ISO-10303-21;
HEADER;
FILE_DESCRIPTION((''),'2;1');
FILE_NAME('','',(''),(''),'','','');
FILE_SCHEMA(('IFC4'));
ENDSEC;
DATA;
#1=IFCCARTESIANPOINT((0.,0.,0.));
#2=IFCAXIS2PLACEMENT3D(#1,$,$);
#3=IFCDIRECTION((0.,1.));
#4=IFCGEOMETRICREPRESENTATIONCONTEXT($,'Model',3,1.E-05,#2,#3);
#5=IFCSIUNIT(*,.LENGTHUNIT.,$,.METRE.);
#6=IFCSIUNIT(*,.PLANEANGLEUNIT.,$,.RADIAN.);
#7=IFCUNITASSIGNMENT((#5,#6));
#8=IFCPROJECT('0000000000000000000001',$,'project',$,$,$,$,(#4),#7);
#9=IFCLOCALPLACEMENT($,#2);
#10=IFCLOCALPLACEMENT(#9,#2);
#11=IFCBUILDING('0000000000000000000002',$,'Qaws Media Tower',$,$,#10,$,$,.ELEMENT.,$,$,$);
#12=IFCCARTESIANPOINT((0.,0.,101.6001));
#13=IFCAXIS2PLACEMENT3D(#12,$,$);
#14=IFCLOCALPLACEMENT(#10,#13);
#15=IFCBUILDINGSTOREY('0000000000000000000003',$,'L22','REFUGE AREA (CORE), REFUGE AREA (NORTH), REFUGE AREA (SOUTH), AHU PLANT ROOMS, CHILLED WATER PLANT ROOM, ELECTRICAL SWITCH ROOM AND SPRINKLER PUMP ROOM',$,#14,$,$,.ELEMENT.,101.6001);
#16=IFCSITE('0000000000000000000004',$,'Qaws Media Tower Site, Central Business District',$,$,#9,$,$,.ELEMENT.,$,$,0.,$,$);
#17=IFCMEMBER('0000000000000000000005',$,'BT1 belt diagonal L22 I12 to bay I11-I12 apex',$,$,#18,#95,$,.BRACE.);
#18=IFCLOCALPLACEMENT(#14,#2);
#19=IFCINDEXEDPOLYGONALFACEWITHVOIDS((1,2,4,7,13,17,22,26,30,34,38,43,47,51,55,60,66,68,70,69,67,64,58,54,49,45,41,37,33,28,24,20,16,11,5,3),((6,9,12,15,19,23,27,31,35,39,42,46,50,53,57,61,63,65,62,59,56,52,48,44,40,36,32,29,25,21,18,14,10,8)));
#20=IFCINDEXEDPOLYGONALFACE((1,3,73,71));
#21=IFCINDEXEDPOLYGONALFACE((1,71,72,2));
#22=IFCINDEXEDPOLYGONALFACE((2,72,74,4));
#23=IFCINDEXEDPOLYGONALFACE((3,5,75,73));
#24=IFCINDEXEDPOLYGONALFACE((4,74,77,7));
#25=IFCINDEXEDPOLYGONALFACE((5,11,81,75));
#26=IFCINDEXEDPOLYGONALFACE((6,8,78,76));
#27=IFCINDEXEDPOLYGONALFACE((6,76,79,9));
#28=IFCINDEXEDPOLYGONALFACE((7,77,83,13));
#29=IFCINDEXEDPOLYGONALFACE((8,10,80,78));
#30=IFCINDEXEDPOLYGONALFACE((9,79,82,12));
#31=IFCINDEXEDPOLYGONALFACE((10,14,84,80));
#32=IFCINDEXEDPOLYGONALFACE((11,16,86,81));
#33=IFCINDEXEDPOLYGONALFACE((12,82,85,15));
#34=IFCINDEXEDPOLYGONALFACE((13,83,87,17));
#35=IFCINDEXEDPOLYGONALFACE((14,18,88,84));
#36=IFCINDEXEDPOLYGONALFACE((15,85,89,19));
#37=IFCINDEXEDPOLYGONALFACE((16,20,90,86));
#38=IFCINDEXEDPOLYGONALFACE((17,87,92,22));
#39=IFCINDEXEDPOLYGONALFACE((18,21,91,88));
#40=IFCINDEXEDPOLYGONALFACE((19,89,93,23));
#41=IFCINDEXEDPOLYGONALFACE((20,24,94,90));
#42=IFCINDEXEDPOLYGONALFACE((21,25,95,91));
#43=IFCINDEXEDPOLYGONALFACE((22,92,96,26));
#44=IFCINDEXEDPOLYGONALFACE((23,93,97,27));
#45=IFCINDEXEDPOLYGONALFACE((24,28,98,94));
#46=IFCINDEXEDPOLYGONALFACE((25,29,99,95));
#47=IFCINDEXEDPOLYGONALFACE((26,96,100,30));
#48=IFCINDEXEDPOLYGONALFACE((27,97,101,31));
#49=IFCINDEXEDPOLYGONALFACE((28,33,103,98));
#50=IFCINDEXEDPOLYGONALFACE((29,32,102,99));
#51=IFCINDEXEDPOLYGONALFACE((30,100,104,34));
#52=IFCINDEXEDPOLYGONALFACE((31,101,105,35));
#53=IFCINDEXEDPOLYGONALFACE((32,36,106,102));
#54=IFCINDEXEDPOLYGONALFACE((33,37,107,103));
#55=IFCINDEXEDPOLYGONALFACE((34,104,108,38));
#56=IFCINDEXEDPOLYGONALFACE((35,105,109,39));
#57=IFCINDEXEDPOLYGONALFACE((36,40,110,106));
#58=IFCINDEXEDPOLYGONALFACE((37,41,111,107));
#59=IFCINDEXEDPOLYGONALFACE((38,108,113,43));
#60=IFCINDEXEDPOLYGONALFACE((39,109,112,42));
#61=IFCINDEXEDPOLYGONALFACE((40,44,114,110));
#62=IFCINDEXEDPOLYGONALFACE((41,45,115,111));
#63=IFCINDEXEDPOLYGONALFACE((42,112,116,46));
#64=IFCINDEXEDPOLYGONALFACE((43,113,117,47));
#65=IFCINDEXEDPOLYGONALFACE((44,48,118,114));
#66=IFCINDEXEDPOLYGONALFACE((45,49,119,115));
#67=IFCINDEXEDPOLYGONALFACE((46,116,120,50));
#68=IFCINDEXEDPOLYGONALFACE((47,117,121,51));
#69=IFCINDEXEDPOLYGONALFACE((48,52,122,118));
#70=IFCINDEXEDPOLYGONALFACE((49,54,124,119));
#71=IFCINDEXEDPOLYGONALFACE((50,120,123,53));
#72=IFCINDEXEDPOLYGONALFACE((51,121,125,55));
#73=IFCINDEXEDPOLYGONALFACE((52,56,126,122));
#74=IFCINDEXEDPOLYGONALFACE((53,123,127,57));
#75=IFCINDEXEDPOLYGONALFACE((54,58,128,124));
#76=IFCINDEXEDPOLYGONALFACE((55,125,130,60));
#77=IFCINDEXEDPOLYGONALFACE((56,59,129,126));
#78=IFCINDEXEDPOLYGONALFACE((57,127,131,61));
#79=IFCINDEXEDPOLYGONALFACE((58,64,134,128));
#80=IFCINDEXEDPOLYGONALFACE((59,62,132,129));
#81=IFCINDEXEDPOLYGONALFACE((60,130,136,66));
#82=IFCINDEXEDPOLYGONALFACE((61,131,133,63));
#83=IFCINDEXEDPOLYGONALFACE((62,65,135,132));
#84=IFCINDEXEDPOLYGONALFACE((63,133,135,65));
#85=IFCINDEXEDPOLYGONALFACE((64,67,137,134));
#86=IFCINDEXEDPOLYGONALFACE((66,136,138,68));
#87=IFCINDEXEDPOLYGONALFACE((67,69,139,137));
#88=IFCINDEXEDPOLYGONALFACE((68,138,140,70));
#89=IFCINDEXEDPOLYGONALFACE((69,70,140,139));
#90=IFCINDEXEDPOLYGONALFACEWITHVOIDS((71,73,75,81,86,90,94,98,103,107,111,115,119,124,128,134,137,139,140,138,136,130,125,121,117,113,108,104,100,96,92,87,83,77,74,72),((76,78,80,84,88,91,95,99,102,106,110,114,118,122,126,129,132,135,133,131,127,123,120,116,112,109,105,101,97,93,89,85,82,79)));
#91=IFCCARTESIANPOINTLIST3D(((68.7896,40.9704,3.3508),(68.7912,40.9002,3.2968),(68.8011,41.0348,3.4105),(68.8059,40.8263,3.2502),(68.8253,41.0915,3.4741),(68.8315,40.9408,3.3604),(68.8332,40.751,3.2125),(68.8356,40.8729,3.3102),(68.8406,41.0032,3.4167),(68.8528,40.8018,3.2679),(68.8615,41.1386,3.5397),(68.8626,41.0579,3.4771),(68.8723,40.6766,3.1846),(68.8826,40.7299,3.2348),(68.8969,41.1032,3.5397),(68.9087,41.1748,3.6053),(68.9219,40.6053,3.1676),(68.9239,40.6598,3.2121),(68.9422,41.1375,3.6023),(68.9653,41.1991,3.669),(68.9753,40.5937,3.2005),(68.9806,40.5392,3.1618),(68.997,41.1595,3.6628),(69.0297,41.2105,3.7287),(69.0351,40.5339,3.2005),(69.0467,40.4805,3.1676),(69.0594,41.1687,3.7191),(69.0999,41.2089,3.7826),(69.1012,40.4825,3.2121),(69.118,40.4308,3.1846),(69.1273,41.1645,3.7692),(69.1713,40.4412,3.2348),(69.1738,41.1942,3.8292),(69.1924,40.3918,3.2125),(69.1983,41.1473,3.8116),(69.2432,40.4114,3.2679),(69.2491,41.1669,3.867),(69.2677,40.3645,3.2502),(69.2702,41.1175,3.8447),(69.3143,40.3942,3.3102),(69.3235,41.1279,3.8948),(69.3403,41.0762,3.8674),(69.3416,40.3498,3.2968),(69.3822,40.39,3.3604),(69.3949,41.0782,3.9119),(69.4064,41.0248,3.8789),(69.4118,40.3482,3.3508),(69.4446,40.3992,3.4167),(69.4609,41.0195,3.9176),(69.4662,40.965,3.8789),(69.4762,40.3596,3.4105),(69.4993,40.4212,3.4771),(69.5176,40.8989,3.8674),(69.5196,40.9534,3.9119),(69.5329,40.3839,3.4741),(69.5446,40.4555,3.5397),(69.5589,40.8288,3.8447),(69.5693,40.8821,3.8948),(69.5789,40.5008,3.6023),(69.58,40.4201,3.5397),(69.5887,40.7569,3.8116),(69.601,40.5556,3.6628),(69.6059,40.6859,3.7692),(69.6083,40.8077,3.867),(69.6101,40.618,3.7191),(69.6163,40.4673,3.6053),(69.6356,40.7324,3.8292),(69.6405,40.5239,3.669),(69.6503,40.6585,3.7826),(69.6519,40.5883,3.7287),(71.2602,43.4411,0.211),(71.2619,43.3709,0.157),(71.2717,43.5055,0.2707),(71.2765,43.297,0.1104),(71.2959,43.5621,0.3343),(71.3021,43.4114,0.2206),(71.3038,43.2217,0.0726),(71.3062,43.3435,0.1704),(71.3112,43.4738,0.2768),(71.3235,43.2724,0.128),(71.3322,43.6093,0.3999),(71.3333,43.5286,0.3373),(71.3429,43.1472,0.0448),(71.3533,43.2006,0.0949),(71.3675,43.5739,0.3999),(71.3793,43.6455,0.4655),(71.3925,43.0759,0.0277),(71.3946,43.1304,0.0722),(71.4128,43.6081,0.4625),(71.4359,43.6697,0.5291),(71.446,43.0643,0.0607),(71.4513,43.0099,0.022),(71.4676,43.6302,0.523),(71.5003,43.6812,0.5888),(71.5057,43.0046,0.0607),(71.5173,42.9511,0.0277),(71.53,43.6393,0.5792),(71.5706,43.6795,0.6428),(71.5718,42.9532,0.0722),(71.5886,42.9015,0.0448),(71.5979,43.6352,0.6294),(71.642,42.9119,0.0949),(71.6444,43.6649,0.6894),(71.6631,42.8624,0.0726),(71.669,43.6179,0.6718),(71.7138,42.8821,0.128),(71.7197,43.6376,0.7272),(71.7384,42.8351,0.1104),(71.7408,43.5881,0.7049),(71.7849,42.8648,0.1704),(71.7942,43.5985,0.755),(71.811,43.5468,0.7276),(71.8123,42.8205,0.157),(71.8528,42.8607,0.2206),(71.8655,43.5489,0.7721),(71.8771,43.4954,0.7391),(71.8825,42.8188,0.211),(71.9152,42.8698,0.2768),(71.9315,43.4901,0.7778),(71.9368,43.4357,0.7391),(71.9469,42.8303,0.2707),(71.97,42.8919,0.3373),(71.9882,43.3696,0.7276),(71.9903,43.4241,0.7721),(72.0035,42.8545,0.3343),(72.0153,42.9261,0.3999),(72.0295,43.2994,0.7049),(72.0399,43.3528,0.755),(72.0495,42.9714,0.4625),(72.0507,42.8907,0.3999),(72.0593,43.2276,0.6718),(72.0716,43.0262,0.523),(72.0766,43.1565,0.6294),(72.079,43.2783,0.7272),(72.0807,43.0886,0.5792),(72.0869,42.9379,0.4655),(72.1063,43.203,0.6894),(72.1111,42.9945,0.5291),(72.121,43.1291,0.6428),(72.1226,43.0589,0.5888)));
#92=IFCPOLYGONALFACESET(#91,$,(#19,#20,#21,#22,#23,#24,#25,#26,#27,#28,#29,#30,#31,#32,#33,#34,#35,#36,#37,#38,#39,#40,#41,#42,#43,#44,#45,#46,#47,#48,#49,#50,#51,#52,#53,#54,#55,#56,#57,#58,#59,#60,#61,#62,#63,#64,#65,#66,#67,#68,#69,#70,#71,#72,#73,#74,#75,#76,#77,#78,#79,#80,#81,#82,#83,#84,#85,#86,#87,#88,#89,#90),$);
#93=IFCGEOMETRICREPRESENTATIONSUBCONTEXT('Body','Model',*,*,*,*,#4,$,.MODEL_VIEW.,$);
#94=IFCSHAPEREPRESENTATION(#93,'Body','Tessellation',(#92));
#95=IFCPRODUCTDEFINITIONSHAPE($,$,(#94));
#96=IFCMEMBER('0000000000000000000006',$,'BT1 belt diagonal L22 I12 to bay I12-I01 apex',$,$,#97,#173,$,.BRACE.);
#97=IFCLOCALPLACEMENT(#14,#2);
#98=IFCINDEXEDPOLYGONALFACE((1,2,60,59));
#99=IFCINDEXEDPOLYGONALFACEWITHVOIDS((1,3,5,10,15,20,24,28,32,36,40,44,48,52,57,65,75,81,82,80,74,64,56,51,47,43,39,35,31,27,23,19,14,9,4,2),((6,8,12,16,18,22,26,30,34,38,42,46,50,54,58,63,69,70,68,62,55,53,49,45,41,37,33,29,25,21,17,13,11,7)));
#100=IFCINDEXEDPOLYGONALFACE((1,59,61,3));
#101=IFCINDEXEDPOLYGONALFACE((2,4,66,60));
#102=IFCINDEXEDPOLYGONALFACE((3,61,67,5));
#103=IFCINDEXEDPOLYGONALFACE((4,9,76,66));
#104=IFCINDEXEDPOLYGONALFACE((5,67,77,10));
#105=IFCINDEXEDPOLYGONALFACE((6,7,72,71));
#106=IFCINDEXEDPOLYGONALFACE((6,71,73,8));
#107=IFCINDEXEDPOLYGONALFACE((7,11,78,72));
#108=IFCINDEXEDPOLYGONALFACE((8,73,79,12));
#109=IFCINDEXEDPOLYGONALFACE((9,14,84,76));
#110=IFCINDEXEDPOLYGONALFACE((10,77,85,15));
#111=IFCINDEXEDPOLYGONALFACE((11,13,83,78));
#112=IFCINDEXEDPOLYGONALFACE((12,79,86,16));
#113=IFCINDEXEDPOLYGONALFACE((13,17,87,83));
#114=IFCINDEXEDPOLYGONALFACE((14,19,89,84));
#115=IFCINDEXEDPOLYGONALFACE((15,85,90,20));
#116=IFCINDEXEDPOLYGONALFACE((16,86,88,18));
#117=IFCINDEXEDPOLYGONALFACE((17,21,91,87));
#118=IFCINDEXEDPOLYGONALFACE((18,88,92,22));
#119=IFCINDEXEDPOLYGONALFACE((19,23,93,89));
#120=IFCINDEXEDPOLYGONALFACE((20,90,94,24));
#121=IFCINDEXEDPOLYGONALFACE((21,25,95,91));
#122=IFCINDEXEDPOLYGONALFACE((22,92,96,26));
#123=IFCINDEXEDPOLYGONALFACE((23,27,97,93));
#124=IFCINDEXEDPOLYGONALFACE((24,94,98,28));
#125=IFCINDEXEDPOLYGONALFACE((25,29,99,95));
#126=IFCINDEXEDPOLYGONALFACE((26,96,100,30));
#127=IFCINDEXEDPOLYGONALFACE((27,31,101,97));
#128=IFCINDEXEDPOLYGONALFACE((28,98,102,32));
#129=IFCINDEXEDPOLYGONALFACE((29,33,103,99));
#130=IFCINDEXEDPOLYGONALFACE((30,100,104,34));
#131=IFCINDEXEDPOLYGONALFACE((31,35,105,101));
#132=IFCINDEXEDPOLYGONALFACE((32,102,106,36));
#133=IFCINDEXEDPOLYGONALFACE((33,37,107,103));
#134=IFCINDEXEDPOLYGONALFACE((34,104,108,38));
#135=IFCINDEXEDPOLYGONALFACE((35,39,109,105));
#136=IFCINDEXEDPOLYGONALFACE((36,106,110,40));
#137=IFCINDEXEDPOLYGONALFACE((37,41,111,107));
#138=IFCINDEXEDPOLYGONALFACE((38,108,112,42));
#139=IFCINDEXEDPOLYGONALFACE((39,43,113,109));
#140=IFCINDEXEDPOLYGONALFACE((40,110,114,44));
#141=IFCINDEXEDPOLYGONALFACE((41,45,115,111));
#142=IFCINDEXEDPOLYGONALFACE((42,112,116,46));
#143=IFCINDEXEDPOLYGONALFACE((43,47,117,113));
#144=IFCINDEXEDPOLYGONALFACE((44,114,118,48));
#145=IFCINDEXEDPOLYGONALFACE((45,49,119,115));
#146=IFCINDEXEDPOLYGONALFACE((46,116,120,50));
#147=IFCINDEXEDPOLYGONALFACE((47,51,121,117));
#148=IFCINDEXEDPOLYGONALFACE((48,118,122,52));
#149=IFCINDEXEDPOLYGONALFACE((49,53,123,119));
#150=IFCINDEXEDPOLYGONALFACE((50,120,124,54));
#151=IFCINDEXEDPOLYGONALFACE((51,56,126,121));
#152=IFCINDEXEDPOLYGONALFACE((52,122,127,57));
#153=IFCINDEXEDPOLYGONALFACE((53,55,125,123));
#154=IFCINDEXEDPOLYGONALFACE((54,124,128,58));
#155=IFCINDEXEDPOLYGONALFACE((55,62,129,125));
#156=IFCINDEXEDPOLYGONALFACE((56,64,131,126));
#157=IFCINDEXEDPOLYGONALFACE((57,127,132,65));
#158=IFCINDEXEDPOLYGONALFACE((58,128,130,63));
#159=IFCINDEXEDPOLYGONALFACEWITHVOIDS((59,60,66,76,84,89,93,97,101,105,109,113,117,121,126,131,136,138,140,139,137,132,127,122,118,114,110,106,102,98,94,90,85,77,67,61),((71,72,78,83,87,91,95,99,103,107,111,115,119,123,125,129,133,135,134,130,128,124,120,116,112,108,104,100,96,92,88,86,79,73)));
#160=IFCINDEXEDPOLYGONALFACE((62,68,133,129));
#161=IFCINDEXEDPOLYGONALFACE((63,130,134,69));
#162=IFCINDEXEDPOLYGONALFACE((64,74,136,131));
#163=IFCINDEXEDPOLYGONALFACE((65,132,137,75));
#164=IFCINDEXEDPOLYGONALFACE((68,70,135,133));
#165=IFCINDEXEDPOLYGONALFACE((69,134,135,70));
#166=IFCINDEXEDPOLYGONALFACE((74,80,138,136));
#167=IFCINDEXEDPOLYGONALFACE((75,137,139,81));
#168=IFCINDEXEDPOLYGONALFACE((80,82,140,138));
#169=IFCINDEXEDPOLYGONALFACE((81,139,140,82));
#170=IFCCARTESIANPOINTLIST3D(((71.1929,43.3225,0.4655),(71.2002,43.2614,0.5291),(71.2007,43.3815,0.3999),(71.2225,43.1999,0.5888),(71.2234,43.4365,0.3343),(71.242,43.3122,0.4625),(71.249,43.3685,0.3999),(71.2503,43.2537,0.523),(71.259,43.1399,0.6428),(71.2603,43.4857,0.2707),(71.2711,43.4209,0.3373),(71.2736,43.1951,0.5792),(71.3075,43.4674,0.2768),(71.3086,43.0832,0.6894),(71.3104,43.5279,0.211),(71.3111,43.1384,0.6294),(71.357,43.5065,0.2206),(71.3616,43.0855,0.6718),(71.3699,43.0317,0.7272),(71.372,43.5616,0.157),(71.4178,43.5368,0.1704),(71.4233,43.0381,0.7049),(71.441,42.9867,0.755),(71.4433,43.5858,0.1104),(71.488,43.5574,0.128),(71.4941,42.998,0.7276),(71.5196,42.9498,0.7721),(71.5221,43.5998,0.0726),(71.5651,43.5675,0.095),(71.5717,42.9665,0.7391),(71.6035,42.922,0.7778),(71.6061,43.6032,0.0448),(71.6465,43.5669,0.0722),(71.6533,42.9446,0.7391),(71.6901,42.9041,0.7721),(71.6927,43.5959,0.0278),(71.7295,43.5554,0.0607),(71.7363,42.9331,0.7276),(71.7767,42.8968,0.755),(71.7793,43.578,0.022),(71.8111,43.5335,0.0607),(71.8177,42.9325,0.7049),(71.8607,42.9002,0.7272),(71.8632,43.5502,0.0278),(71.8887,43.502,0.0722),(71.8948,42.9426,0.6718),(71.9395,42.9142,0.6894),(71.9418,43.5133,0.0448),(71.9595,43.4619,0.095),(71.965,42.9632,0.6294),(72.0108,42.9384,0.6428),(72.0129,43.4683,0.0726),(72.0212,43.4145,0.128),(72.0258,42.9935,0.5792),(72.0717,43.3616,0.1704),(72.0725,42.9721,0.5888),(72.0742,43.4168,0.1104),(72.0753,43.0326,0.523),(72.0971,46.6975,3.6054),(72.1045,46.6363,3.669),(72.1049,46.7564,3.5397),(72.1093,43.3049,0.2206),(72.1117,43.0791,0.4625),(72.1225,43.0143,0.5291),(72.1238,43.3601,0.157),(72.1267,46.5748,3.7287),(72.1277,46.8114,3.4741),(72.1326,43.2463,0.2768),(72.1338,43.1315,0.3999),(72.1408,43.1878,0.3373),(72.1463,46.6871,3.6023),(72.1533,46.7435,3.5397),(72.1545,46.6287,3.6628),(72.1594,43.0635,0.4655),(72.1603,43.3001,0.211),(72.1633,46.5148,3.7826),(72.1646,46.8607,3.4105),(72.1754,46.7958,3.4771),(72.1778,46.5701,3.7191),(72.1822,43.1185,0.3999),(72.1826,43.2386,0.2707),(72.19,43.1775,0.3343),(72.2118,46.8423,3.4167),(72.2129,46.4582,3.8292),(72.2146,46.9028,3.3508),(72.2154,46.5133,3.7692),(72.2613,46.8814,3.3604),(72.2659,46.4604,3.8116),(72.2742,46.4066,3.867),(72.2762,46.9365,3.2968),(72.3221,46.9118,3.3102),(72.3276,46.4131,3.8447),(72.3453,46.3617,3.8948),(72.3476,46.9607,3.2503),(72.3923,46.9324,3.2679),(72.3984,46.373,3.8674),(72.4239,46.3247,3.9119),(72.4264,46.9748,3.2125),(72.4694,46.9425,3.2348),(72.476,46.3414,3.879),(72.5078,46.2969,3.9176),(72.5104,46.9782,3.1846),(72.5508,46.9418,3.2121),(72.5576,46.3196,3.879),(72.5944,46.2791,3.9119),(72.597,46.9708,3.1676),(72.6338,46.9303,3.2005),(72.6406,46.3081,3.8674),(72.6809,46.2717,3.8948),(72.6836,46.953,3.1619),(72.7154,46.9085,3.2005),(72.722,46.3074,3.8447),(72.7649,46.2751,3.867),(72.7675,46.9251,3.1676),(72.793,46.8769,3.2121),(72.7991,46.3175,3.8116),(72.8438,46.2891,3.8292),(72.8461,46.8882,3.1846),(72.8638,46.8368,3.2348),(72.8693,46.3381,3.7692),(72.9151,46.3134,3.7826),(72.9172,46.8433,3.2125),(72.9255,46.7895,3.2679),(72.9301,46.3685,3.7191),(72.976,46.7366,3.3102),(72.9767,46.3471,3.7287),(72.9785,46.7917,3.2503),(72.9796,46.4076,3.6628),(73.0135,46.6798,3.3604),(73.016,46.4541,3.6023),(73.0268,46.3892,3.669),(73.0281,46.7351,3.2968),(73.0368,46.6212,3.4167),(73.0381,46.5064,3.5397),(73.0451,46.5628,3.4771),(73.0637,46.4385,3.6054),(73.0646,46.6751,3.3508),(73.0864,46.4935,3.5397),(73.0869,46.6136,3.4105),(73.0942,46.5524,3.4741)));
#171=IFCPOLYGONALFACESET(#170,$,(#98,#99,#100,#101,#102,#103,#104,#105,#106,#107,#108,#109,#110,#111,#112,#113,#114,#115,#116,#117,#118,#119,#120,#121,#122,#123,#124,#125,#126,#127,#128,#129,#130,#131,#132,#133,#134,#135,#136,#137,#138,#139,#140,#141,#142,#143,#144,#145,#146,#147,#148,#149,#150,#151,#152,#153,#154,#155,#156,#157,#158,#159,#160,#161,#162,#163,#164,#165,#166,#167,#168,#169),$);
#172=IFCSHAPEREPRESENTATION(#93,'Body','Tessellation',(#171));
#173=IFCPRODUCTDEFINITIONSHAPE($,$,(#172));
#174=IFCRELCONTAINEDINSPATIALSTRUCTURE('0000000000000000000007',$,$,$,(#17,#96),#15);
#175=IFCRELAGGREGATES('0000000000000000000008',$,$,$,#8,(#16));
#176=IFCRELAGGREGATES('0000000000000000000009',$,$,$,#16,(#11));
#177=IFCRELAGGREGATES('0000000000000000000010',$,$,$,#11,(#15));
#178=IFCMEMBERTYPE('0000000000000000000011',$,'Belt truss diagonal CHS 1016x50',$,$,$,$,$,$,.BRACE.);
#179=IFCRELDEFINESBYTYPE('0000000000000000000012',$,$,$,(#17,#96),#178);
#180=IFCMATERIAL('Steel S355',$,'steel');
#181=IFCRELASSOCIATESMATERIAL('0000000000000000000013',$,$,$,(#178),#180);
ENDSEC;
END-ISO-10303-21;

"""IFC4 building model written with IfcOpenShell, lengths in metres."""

from ifc_helpers import new_model, si_unit, direction, frame, origin, origin_2d, place, context, subcontext, project, spatial, hollow_circle, extrude, material, material_profile, profile_set, type_object, element, save


model = new_model("IFC4")

# Units and contexts
model_context = context("Model", 3, precision=1e-05, world=origin(), true_north=direction((0.0, 1.0)))
body_context = subcontext(model_context, "Body", "Model", "MODEL_VIEW")
ifc_project = project(units=[si_unit("LENGTHUNIT", "METRE"), si_unit("PLANEANGLEUNIT", "RADIAN")], contexts=[model_context])

# Site, building, storey
site_placement = place(None, origin())
site = spatial("IfcSite", under=ifc_project, at=site_placement, Name="Qaws Media Tower Site, Central Business District", CompositionType="ELEMENT", RefElevation=0.0)
building_placement = place(site_placement, origin())
building = spatial("IfcBuilding", under=site, at=building_placement, Name="Qaws Media Tower", CompositionType="ELEMENT")
storey_placement = place(building_placement, frame((0.0, 0.0, 101.6001)))
storey = spatial("IfcBuildingStorey", under=building, at=storey_placement, Name="L22", Description="REFUGE AREA (CORE), REFUGE AREA (NORTH), REFUGE AREA (SOUTH), AHU PLANT ROOMS, CHILLED WATER PLANT ROOM, ELECTRICAL SWITCH ROOM AND SPRINKLER PUMP ROOM", CompositionType="ELEMENT", Elevation=101.6001)

# Members
ifc_material_1 = material(Name="Steel S355", Category="steel")
ifc_material_profile_1 = material_profile(ifc_material_1, hollow_circle(Radius=0.5081, WallThickness=0.05, at=origin_2d()), Name="CHS 1016x50")
ifc_profile_set_1 = profile_set([ifc_material_profile_1], Name="Steel S355")
member_type_1 = type_object("IfcMemberType", Name="Belt truss diagonal CHS 1016x50", PredefinedType="BRACE", material=ifc_profile_set_1)
for number, where, z_axis, x_axis, name in (
    (1, (71.6914, 43.25, 0.3999), (-0.525947, -0.525947, 0.6684), (0.707107, -0.707107, 0.0), "BT1 belt diagonal L22 I12 to bay I11-I12 apex"),
    (2, (71.6914, 43.25, 0.3999), (0.192503, 0.718454, 0.668406), (-0.965928, 0.258811, 0.0), "BT1 belt diagonal L22 I12 to bay I12-I01 apex"),
):
    element("IfcMember", number, at=place(storey_placement, frame(where, z_axis=z_axis, x_axis=x_axis)), inside=storey, type_object=member_type_1, Name=name, PredefinedType="BRACE", context=body_context, shape_type="SweptSolid", body=[
        extrude(hollow_circle(Radius=0.5081, WallThickness=0.05, at=origin_2d()), origin(), (0.0, 0.0, 1.0), 4.6975),
    ])

save(model, "model.ifc")
